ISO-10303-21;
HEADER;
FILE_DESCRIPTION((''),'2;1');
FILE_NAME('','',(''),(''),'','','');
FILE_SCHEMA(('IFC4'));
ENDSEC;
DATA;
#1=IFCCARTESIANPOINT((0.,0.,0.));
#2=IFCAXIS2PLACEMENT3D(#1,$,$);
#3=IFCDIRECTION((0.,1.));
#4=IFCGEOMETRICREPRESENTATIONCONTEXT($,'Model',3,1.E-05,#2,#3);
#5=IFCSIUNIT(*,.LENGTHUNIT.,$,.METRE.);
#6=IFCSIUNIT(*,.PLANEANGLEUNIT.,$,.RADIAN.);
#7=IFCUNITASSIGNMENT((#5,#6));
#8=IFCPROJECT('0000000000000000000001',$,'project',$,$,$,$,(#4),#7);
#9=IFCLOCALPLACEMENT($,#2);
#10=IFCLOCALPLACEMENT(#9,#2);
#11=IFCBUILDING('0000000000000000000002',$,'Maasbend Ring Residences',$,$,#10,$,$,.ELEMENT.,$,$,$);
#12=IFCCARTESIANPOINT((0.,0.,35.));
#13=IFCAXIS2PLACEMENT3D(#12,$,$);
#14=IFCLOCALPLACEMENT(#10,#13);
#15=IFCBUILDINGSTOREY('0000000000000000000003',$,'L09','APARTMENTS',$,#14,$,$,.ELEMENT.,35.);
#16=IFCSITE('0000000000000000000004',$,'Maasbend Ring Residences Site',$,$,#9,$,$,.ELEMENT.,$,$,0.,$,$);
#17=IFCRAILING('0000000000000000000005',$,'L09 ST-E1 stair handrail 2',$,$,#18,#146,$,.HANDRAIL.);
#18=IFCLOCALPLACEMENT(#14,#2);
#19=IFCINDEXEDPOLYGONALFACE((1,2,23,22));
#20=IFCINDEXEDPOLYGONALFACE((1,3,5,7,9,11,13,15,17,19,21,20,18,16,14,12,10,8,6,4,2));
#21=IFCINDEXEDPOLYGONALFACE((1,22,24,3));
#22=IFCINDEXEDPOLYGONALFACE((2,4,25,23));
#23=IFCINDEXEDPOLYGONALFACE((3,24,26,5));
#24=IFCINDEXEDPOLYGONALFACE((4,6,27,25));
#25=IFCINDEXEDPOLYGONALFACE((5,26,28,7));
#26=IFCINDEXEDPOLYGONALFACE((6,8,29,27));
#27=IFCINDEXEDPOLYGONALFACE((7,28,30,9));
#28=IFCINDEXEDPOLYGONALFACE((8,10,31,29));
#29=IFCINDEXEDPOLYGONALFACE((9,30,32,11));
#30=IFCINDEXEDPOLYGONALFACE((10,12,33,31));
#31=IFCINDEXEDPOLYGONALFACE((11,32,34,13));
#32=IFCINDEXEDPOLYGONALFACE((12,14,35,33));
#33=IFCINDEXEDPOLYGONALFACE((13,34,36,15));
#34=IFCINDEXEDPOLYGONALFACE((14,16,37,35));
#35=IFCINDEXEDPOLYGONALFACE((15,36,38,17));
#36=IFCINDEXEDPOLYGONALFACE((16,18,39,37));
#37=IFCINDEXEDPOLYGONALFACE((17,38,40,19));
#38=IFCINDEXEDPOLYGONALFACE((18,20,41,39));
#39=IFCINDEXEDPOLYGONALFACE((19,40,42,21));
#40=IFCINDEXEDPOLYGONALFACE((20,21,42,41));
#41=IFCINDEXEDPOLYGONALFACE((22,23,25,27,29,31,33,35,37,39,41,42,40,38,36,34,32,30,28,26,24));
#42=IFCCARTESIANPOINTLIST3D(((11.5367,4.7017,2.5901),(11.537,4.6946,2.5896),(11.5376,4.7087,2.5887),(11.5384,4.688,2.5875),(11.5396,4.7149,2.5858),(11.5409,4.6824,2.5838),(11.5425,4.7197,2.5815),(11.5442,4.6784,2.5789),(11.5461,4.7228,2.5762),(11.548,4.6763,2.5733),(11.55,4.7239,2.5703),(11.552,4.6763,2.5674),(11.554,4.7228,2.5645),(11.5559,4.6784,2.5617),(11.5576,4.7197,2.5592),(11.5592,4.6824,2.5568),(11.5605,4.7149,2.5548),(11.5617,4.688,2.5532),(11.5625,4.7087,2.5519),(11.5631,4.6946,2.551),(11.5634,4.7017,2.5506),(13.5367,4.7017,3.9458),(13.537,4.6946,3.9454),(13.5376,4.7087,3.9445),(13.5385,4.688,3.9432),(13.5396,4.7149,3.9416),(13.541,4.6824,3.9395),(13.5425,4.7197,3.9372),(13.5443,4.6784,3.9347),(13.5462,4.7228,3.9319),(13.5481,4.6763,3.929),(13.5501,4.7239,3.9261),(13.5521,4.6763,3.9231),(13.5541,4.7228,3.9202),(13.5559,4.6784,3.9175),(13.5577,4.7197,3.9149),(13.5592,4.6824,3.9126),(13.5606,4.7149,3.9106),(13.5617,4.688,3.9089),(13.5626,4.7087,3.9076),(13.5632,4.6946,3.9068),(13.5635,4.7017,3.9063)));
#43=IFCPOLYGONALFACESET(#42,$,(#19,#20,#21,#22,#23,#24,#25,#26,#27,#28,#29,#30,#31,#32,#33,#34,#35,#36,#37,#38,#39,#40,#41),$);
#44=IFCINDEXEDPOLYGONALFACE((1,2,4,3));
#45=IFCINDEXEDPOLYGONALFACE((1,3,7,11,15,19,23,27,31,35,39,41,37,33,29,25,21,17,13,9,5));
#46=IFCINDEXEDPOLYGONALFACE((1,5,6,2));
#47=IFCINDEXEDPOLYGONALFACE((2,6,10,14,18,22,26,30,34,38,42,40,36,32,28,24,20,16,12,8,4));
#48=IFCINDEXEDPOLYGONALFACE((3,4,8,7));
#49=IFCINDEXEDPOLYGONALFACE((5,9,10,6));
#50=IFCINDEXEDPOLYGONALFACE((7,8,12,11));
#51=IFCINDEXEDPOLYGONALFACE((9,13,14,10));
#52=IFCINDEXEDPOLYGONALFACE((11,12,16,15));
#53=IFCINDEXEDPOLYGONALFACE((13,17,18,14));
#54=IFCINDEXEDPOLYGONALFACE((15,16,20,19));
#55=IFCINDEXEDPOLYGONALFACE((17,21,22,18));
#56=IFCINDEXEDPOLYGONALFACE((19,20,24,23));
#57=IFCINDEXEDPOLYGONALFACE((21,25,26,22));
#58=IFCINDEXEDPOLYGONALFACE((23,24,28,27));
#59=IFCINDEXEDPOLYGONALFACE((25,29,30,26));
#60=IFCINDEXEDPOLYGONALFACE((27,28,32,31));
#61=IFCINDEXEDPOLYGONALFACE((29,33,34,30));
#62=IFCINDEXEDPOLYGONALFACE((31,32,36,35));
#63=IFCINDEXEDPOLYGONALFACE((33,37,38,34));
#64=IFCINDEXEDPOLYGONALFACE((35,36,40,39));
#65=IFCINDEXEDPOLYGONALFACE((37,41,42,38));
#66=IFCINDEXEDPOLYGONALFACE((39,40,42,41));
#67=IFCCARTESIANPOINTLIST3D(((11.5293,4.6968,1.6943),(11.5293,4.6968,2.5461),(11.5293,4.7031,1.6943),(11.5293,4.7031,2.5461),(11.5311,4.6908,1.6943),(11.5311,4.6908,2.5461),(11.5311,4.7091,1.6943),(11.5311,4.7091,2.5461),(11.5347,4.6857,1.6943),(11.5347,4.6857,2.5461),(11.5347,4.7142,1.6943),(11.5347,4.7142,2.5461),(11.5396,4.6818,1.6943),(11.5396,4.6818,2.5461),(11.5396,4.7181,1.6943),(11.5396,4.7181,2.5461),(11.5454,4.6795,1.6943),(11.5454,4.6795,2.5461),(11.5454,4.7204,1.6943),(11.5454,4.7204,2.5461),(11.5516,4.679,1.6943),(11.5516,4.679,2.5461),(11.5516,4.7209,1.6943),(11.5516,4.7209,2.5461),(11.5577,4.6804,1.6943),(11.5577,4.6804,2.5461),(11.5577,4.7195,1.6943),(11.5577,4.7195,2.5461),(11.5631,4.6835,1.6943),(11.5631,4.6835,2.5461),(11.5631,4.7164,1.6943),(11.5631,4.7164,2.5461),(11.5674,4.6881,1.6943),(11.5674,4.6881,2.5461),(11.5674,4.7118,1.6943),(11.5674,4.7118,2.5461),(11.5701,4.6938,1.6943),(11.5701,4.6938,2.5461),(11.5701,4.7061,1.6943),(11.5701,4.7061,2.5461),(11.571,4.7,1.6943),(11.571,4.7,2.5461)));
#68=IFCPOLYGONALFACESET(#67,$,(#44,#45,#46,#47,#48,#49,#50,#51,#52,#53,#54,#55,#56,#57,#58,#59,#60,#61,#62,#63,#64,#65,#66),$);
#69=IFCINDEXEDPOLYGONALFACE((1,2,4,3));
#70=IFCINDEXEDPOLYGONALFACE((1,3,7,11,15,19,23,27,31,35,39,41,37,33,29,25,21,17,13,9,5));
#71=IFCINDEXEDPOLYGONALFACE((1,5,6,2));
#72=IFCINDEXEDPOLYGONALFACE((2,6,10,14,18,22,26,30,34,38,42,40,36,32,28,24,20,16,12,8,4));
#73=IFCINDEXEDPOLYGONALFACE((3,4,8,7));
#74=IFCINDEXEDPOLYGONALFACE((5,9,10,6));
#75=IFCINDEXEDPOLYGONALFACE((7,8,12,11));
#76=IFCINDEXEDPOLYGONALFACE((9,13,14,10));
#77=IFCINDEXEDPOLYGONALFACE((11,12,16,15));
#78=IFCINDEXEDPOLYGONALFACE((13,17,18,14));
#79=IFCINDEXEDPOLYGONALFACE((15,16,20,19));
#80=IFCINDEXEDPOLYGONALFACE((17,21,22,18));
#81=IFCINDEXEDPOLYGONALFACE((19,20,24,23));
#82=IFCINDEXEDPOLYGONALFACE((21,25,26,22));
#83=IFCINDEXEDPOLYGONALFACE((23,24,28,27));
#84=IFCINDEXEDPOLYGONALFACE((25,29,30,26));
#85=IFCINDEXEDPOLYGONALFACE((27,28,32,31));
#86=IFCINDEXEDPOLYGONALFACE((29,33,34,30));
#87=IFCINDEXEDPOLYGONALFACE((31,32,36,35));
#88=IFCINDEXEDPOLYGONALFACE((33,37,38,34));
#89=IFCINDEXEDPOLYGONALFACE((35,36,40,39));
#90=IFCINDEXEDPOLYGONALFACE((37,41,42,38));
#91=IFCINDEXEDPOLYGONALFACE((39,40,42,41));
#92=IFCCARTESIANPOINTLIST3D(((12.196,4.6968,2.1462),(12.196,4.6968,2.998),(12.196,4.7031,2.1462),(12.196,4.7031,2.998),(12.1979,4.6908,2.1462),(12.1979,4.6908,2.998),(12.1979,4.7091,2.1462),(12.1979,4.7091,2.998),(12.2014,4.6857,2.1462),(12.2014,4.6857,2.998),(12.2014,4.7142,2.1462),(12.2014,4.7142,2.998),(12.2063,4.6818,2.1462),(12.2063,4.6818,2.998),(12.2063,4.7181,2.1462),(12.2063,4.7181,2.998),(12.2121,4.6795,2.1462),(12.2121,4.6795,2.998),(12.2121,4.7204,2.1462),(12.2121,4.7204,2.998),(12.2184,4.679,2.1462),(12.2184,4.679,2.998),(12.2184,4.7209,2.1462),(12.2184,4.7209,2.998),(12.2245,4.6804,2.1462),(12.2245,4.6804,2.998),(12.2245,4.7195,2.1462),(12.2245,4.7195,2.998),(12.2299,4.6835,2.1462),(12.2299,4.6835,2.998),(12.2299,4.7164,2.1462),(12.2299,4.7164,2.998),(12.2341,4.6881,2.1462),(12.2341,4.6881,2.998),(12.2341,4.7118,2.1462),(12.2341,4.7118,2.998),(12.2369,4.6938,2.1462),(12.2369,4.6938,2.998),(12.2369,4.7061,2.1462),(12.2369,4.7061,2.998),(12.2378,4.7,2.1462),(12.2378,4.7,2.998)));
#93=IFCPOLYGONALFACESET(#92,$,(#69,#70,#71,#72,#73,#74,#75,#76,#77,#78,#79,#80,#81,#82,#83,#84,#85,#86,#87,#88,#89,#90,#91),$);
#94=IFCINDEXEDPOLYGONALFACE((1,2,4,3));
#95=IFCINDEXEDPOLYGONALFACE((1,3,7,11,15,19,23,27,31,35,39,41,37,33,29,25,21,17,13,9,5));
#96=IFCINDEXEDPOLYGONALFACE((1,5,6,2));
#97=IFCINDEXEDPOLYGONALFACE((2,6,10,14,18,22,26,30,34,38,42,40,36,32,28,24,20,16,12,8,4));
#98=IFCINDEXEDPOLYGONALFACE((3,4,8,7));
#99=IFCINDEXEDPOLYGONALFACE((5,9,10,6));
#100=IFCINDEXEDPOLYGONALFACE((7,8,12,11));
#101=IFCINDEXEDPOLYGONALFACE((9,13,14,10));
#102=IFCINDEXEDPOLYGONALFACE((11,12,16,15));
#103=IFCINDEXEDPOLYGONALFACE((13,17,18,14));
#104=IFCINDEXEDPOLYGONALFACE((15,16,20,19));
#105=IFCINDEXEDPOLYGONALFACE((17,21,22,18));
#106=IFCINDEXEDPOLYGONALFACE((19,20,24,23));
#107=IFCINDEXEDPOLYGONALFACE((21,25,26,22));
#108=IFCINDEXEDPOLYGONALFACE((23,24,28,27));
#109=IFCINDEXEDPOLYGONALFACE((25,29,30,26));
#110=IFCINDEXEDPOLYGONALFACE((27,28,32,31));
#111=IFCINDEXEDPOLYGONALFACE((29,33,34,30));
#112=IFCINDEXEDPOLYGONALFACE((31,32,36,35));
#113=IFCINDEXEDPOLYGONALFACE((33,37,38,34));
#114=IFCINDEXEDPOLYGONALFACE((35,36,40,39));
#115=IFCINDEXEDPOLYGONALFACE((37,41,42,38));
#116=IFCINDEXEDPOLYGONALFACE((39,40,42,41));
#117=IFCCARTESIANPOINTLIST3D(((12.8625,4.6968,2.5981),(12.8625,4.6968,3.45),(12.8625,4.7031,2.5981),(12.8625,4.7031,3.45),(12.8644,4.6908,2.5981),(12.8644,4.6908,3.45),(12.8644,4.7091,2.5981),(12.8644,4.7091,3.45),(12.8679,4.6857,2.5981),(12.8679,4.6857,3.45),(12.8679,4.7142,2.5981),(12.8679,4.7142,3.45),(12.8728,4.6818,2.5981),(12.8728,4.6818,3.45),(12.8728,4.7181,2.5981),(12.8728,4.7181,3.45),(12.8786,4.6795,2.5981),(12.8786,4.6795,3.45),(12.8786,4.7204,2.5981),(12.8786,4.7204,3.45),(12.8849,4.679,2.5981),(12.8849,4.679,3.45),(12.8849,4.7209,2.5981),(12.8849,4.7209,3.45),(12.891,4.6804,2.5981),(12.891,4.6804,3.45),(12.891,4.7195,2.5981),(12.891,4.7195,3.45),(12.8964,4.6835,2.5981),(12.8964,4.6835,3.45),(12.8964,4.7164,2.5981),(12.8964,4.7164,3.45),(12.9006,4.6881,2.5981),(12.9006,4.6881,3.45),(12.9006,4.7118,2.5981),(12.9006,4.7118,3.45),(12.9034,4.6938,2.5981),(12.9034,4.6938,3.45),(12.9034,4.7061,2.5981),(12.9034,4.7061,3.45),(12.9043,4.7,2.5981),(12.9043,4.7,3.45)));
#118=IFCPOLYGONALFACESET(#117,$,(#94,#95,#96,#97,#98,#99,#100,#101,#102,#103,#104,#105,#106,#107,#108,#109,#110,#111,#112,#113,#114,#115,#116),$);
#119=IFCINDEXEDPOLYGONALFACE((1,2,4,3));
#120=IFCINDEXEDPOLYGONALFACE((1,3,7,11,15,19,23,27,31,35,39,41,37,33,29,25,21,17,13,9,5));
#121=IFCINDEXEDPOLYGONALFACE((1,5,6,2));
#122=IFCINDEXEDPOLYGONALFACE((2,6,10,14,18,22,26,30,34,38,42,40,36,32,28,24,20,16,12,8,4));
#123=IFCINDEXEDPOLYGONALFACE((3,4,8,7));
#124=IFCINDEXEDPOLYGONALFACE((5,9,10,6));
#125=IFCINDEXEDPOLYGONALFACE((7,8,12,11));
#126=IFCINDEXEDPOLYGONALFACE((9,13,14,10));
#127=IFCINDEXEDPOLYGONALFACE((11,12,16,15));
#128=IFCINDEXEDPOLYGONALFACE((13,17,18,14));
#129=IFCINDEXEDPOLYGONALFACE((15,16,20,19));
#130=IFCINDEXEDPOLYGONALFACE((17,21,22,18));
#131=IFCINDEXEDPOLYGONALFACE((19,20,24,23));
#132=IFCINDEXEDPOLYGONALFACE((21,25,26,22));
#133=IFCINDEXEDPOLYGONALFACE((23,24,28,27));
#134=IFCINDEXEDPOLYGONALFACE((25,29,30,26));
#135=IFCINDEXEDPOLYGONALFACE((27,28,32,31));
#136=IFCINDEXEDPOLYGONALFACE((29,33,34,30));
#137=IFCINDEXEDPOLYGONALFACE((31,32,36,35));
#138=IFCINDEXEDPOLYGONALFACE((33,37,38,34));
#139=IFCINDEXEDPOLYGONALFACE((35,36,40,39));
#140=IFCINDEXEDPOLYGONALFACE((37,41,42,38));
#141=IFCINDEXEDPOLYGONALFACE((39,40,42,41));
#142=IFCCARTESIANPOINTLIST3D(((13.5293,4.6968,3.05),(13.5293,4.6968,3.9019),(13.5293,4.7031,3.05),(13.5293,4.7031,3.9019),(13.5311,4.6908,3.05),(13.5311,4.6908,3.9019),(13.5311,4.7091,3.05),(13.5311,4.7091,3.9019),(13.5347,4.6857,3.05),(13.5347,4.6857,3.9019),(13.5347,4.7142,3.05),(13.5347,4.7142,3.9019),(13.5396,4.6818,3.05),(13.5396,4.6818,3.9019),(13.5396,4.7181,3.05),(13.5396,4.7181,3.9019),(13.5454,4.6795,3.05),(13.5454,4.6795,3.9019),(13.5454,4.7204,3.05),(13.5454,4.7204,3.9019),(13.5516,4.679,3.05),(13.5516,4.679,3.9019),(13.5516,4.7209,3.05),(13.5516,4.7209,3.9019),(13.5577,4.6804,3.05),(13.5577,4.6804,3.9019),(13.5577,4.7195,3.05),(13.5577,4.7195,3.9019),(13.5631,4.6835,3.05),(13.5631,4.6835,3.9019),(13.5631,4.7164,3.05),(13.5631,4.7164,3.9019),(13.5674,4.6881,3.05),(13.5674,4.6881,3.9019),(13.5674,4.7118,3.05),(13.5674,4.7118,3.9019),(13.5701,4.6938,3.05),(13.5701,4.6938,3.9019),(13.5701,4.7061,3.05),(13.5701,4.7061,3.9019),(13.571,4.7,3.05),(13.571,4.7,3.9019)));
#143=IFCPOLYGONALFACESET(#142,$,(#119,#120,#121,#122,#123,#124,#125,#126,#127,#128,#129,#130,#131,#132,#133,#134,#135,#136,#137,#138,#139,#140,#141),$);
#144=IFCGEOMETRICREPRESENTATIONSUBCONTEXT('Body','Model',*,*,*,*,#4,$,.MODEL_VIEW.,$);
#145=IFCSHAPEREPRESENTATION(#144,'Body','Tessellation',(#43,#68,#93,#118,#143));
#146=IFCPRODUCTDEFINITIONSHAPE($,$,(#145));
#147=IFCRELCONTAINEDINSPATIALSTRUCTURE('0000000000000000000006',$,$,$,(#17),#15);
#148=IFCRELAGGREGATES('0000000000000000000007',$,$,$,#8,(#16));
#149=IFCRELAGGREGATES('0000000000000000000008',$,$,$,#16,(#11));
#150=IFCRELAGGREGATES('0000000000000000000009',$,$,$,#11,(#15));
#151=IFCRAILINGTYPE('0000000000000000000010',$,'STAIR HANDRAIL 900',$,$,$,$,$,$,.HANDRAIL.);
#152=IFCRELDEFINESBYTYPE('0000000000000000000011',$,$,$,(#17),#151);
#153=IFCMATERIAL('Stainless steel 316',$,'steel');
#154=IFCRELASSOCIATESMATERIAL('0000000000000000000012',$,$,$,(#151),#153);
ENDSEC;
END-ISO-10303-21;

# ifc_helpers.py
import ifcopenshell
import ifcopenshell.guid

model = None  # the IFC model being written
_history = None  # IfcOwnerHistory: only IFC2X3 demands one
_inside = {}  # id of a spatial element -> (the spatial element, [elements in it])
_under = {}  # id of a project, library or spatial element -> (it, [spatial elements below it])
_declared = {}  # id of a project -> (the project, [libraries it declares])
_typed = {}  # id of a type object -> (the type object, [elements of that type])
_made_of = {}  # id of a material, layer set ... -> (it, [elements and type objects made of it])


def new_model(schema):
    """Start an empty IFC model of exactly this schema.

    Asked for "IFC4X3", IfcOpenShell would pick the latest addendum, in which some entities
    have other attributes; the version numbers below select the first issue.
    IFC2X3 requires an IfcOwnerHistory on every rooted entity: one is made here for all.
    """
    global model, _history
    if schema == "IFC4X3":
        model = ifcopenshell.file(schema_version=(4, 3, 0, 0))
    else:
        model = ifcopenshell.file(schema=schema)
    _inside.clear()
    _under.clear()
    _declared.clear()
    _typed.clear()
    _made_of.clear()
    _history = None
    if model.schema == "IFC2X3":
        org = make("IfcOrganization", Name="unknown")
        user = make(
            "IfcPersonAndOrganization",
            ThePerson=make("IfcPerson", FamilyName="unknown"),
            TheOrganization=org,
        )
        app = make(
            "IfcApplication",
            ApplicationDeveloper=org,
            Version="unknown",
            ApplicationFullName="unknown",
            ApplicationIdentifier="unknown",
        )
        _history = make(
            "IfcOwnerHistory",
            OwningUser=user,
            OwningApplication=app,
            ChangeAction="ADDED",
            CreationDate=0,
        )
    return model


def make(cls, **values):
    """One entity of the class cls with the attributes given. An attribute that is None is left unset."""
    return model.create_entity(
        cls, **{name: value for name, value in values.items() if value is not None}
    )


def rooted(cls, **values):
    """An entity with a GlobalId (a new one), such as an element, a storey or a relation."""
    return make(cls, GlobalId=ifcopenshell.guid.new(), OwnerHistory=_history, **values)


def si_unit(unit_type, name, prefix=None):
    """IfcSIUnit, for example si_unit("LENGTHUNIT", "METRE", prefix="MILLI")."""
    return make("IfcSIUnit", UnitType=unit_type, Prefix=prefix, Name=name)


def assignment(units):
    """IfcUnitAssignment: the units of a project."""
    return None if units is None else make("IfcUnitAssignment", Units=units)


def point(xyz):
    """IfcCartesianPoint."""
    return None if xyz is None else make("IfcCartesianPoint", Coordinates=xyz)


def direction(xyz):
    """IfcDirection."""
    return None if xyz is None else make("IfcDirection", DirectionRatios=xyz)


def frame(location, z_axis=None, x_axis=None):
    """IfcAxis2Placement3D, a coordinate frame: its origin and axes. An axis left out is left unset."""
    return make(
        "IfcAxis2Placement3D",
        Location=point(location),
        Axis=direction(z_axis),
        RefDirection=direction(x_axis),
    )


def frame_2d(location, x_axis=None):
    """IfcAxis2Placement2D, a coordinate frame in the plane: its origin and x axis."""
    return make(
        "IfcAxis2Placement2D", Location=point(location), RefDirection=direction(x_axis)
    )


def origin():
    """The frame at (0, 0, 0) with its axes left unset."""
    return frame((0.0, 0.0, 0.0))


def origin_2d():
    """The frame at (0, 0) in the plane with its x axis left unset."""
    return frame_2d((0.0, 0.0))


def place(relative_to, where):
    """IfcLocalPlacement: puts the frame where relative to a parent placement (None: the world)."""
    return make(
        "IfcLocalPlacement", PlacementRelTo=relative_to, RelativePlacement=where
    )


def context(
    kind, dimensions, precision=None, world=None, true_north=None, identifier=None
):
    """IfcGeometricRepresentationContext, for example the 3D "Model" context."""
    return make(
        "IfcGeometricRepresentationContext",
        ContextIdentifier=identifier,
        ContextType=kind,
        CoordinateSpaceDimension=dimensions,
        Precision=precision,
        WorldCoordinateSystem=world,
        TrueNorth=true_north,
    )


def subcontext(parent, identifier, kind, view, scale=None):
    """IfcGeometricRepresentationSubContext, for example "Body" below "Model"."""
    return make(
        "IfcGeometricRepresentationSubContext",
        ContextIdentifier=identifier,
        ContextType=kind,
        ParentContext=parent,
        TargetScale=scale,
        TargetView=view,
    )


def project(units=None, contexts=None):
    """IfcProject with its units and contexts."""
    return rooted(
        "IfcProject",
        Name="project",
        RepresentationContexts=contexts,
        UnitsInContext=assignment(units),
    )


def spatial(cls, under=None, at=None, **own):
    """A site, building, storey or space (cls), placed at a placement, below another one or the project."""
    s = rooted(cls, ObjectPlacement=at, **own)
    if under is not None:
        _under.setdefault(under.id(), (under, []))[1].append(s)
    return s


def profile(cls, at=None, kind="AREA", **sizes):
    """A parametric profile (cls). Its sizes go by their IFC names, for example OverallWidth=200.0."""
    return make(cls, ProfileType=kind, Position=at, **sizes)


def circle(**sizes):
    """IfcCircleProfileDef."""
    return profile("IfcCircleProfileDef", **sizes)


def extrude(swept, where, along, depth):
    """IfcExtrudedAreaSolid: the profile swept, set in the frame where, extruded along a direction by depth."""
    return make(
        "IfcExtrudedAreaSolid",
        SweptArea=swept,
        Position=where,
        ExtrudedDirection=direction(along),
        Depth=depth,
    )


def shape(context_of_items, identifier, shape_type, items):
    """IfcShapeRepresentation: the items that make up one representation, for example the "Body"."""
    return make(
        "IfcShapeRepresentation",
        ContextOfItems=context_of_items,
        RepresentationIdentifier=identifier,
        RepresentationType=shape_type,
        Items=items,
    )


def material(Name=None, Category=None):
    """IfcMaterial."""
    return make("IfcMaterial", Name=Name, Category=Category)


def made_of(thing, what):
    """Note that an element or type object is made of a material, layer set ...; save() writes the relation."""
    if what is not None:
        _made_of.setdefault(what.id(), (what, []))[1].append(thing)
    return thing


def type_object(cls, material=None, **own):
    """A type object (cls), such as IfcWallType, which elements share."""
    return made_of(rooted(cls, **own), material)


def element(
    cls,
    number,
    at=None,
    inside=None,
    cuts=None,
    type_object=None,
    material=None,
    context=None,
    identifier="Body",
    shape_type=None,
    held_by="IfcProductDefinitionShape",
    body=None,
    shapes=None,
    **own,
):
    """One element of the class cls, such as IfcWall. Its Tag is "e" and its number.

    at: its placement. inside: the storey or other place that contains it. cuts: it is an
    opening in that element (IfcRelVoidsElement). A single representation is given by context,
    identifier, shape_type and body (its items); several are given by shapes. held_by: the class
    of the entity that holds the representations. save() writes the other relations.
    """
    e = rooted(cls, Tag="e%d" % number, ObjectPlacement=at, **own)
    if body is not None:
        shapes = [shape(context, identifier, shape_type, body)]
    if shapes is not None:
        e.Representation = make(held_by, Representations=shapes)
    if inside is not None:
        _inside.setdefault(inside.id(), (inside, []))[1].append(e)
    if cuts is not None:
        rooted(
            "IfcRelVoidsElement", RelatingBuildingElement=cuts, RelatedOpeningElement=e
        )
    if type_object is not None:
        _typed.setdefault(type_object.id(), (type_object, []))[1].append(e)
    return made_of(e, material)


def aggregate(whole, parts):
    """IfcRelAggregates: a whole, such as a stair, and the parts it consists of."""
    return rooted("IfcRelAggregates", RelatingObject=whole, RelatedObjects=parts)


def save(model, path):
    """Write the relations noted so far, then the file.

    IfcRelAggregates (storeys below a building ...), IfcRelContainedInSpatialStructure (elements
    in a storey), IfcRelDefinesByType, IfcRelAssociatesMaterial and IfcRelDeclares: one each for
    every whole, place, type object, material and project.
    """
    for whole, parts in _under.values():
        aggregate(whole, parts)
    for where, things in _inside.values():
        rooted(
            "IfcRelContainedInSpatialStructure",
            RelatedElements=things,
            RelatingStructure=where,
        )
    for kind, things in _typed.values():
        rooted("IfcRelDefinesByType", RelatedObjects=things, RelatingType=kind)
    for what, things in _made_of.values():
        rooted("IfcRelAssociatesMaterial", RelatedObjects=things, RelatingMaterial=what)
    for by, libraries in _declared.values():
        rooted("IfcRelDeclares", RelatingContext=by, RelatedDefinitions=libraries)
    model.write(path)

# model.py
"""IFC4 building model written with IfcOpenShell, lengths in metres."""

from ifc_helpers import new_model, si_unit, direction, frame, origin, origin_2d, place, context, subcontext, project, spatial, circle, extrude, material, type_object, element, save


model = new_model("IFC4")

# Units and contexts
model_context = context("Model", 3, precision=1e-05, world=origin(), true_north=direction((0.0, 1.0)))
body_context = subcontext(model_context, "Body", "Model", "MODEL_VIEW")
ifc_project = project(units=[si_unit("LENGTHUNIT", "METRE"), si_unit("PLANEANGLEUNIT", "RADIAN")], contexts=[model_context])

# Site, building, storey
site_placement = place(None, origin())
site = spatial("IfcSite", under=ifc_project, at=site_placement, Name="Maasbend Ring Residences Site", CompositionType="ELEMENT", RefElevation=0.0)
building_placement = place(site_placement, origin())
building = spatial("IfcBuilding", under=site, at=building_placement, Name="Maasbend Ring Residences", CompositionType="ELEMENT")
storey_placement = place(building_placement, frame((0.0, 0.0, 35.0)))
storey = spatial("IfcBuildingStorey", under=building, at=storey_placement, Name="L09", Description="APARTMENTS", CompositionType="ELEMENT", Elevation=35.0)

# Railing
ifc_material_1 = material(Name="Stainless steel 316", Category="steel")
railing_type_1 = type_object("IfcRailingType", Name="STAIR HANDRAIL 900", PredefinedType="HANDRAIL", material=ifc_material_1)
railing_1_placement = place(storey_placement, frame((11.55, 4.7, 1.6943)))
element("IfcRailing", 1, at=railing_1_placement, inside=storey, type_object=railing_type_1, Name="L09 ST-E1 stair handrail 2", PredefinedType="HANDRAIL", context=body_context, shape_type="SweptSolid", body=[
    extrude(circle(Radius=0.0239, at=origin_2d()), frame((0.0, 0.0, 0.876), z_axis=(0.827751, 0.0, 0.561096), x_axis=(0.0, 1.0, 0.0)), (0.0, 0.0, 1.0), 2.4163),
    extrude(circle(Radius=0.021, at=origin_2d()), origin(), (0.0, 0.0, 1.0), 0.8518),
    extrude(circle(Radius=0.021, at=origin_2d()), frame((0.6667, 0.0, 0.4519)), (0.0, 0.0, 1.0), 0.8518),
    extrude(circle(Radius=0.021, at=origin_2d()), frame((1.3333, 0.0, 0.9038)), (0.0, 0.0, 1.0), 0.8518),
    extrude(circle(Radius=0.021, at=origin_2d()), frame((2.0, 0.0, 1.3557)), (0.0, 0.0, 1.0), 0.8518),
])

save(model, "model.ifc")
